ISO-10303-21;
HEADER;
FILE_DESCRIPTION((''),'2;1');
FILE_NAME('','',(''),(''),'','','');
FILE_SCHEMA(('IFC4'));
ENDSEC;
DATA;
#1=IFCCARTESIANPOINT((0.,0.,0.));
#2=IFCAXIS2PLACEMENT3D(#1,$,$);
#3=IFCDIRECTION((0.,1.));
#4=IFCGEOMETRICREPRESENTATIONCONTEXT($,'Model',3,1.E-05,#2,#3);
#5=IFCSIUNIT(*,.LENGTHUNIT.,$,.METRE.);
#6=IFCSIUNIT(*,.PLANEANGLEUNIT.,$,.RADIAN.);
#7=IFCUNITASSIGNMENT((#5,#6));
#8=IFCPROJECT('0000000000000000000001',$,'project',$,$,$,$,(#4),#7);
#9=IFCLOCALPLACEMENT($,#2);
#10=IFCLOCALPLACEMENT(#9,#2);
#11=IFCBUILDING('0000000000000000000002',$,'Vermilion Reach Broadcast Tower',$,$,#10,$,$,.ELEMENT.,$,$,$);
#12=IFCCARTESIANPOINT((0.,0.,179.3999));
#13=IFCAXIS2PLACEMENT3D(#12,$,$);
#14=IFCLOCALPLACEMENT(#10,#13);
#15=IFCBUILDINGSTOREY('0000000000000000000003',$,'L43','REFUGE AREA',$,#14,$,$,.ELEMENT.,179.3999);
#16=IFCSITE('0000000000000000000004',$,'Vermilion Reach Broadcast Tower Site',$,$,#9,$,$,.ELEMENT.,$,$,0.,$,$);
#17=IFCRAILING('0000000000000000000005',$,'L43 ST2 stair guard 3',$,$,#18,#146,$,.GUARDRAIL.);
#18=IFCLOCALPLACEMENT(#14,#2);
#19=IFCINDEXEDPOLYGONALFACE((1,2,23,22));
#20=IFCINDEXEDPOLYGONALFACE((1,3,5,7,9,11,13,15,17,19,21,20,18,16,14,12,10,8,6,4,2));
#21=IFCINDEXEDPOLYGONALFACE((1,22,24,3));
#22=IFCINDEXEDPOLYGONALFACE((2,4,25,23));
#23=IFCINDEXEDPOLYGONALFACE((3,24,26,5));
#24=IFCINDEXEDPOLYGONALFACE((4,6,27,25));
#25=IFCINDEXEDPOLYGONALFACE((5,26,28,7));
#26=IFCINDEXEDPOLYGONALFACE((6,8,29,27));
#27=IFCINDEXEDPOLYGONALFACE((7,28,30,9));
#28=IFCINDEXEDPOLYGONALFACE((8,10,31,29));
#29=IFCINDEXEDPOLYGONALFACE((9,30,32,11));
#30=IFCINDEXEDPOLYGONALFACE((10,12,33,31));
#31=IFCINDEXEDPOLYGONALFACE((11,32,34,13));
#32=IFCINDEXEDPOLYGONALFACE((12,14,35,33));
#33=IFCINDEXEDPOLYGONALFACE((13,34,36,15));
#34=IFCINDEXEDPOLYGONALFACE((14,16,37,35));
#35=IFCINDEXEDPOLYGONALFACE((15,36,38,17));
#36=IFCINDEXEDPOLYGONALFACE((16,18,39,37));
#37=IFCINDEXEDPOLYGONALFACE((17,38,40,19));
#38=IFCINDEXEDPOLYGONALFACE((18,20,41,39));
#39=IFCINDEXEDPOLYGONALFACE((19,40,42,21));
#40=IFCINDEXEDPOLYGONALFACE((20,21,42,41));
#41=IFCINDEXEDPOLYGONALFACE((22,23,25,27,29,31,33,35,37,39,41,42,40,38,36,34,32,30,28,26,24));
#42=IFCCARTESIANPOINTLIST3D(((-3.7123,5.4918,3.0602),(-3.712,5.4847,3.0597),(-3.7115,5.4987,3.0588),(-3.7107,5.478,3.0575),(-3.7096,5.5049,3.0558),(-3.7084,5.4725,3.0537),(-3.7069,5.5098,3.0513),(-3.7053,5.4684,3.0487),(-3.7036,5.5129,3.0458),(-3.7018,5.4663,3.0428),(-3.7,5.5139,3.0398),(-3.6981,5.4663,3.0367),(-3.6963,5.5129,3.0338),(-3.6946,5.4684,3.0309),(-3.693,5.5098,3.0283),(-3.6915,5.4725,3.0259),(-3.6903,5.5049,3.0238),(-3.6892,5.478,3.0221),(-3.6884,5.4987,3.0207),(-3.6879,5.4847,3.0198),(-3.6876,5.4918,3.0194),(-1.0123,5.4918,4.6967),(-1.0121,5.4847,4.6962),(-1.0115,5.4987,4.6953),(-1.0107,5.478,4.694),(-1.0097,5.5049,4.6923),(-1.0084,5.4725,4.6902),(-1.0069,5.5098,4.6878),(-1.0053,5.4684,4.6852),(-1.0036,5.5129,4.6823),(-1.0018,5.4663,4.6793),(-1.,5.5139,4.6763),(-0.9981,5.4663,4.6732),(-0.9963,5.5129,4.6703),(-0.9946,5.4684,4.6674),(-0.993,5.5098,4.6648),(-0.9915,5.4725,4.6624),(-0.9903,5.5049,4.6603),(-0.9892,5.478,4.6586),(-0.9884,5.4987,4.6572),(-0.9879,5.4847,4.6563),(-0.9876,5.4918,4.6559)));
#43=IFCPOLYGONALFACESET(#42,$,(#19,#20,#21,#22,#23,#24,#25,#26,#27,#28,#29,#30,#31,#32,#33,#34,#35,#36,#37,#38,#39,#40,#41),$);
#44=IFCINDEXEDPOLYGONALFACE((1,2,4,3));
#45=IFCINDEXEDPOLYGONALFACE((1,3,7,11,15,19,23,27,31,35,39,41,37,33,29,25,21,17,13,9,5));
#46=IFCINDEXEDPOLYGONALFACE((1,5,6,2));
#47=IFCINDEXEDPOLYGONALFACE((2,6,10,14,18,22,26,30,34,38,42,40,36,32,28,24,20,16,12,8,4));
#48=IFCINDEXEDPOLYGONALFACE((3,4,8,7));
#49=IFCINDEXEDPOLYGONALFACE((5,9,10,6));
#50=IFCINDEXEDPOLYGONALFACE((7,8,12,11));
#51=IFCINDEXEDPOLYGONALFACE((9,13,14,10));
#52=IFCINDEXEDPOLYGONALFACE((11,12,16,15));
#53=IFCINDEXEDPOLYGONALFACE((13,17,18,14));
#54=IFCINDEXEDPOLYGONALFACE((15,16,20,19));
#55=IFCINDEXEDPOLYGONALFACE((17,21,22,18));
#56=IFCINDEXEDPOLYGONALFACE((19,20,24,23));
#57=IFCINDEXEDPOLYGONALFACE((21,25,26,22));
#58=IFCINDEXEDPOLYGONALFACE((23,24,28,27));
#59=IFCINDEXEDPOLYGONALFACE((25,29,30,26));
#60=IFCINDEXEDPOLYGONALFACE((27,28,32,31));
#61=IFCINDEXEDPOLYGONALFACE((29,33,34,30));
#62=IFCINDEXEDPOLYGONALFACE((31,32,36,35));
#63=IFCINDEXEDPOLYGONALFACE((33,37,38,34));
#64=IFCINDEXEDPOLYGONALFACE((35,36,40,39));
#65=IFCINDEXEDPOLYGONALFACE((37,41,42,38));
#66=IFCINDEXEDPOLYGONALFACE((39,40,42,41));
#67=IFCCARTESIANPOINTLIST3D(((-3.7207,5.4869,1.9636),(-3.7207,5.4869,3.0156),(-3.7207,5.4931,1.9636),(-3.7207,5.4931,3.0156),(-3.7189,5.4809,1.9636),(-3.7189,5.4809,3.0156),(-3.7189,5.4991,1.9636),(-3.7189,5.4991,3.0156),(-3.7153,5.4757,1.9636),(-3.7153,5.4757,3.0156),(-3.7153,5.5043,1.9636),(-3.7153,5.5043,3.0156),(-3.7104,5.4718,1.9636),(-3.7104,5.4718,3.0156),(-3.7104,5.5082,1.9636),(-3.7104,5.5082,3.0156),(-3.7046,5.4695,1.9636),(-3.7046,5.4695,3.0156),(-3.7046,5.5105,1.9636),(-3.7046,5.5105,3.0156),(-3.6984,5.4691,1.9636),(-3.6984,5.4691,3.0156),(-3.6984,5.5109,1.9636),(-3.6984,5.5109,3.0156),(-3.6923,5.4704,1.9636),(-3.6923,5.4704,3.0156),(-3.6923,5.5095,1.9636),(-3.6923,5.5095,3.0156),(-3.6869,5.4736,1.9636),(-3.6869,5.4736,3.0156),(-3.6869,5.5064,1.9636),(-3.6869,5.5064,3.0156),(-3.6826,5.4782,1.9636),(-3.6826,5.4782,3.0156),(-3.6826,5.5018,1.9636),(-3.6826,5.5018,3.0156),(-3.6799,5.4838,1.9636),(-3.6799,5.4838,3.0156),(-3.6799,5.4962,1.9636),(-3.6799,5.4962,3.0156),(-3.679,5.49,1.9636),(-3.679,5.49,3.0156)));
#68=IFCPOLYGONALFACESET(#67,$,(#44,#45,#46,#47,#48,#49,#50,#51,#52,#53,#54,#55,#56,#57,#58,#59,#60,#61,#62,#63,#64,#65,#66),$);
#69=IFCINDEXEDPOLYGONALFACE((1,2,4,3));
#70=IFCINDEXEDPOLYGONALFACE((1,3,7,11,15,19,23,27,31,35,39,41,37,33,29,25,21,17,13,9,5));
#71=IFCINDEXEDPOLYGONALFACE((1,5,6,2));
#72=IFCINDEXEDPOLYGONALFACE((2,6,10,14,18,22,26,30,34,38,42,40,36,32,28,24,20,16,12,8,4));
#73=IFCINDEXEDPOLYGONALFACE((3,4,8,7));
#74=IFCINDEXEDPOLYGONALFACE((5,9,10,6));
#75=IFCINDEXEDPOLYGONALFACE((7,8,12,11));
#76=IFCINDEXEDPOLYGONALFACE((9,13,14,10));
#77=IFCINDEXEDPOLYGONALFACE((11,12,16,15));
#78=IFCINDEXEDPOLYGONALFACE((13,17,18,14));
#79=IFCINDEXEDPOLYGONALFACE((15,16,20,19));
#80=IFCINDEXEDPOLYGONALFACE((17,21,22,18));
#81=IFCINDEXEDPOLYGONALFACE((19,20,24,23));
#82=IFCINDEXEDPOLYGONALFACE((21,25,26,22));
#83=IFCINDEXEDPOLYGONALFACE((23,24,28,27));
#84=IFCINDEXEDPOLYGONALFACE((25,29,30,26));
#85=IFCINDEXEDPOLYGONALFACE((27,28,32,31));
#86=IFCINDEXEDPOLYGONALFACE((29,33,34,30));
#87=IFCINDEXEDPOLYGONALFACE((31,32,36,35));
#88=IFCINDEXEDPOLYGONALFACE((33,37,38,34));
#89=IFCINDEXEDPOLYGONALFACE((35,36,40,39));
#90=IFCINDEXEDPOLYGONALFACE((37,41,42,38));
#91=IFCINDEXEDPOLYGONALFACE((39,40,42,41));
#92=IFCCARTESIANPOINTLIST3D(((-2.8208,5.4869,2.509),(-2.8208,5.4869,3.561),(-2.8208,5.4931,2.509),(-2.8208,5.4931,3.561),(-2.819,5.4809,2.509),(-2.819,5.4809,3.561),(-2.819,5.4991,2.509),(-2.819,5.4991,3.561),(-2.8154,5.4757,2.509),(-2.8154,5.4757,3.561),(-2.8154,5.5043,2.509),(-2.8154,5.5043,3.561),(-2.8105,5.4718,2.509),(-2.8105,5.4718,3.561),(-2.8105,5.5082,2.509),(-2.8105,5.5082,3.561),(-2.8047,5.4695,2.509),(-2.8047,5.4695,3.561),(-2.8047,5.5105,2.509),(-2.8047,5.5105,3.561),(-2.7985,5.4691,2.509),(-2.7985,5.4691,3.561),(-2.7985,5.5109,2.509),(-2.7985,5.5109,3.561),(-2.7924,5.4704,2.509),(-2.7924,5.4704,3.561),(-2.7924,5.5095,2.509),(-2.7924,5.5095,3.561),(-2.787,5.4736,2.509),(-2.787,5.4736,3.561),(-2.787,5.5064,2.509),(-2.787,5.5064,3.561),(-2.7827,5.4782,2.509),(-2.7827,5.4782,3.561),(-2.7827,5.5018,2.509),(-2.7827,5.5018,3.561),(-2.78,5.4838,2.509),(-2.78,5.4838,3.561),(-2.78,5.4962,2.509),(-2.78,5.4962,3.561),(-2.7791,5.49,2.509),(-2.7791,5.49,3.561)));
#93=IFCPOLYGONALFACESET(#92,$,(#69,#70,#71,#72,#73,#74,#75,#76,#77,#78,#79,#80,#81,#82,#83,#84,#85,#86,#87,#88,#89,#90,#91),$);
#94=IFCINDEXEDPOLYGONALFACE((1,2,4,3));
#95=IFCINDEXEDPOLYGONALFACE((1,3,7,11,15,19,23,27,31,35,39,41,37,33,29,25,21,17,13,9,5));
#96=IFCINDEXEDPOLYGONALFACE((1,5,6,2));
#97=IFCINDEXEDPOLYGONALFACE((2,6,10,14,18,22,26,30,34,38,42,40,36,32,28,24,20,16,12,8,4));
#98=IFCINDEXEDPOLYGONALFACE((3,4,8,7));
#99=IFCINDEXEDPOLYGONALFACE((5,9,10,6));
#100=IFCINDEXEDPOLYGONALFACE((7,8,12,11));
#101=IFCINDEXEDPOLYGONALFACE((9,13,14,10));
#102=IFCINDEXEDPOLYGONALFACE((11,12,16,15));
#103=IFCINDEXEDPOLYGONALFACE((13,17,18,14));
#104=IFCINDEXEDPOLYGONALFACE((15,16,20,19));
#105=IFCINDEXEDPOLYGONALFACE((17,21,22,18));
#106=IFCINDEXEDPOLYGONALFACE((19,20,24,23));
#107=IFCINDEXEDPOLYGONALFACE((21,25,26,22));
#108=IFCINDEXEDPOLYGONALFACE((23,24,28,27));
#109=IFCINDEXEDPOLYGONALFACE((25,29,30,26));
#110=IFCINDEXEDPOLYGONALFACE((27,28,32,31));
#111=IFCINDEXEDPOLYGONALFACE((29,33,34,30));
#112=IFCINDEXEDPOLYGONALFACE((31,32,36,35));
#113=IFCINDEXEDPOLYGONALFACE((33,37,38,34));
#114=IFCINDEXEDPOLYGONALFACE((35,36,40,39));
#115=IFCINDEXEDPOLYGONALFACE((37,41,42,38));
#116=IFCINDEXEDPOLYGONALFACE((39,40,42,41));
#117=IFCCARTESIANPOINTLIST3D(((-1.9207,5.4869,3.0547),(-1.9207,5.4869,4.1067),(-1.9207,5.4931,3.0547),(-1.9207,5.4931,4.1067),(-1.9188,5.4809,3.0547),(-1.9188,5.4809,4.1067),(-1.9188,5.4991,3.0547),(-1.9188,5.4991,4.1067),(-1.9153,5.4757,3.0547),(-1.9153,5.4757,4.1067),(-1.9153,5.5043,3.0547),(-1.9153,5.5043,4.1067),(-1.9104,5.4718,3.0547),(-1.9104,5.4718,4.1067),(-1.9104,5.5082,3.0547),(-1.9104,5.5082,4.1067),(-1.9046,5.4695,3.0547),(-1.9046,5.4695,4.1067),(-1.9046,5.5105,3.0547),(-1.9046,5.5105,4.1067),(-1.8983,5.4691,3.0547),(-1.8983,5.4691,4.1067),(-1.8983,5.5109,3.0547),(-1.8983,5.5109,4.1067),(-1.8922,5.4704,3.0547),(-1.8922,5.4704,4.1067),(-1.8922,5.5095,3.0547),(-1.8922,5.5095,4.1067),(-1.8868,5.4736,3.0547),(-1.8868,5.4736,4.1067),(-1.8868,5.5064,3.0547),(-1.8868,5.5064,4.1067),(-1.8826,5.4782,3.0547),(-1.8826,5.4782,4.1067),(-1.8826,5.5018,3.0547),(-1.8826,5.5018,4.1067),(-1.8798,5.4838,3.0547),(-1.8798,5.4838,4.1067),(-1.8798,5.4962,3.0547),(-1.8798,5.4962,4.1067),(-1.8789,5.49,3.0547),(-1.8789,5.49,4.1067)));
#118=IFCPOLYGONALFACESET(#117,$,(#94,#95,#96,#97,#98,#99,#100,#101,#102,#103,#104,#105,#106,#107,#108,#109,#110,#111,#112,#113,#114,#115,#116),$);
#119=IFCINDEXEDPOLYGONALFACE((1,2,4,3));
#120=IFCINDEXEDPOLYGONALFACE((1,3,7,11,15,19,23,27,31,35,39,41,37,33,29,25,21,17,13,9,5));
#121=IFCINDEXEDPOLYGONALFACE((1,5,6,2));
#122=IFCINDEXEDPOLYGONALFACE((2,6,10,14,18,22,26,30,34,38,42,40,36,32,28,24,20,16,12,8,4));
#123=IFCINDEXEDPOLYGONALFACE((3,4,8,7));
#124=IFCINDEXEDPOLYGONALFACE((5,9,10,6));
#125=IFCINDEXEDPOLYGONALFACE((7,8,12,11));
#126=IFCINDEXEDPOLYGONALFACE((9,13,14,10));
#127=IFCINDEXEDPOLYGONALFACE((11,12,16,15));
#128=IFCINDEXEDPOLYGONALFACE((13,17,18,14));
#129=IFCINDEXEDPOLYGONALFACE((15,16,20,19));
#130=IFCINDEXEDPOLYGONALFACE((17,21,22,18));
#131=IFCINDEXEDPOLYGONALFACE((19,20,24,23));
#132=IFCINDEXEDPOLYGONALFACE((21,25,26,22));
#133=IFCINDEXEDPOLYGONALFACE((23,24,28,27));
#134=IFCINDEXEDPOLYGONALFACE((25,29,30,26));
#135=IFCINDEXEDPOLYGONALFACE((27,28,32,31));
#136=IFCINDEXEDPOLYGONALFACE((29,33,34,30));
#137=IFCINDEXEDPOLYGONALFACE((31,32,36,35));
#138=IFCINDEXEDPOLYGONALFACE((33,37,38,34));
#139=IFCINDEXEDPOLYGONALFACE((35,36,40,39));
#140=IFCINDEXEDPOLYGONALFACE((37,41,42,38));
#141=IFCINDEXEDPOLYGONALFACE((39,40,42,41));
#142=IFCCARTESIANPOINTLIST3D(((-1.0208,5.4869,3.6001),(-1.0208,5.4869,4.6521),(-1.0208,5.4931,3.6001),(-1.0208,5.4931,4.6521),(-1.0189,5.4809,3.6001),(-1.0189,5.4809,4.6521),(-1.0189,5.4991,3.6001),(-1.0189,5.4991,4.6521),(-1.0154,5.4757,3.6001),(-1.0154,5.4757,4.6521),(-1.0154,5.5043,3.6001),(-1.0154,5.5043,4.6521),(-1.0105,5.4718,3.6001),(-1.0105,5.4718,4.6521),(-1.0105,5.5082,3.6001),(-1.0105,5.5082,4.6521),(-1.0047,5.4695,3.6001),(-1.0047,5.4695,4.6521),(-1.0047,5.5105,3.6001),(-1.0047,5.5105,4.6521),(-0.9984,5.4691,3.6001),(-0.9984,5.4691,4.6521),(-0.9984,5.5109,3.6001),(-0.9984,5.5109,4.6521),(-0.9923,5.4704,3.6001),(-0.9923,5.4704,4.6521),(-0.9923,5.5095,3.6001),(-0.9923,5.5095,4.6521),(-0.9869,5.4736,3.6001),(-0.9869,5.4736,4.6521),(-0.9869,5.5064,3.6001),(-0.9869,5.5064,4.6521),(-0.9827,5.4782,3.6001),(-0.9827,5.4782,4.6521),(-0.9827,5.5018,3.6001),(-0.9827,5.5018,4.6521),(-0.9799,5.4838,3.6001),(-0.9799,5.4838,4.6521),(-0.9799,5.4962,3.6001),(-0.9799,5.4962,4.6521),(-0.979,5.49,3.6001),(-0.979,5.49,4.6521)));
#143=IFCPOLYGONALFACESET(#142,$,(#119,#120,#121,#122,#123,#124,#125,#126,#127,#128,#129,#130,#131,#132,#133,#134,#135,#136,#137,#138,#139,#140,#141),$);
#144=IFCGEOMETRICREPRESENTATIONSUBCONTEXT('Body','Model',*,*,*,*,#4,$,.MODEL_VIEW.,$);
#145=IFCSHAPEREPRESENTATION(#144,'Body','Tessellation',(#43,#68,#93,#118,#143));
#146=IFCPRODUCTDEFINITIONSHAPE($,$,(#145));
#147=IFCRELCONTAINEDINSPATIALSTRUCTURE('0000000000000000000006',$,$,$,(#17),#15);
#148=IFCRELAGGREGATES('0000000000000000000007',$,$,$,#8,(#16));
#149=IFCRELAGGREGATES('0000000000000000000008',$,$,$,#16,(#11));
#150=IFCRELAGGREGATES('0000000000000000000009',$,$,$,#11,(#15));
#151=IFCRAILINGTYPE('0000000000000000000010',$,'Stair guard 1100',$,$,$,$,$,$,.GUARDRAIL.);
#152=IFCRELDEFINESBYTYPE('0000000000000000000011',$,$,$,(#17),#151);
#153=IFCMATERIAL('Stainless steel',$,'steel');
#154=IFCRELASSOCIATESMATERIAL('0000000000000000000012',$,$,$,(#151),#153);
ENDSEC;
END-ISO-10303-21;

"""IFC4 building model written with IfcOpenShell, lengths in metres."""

from ifc_helpers import new_model, si_unit, direction, frame, origin, origin_2d, place, context, subcontext, project, spatial, circle, extrude, material, type_object, element, save


model = new_model("IFC4")

# Units and contexts
model_context = context("Model", 3, precision=1e-05, world=origin(), true_north=direction((0.0, 1.0)))
body_context = subcontext(model_context, "Body", "Model", "MODEL_VIEW")
ifc_project = project(units=[si_unit("LENGTHUNIT", "METRE"), si_unit("PLANEANGLEUNIT", "RADIAN")], contexts=[model_context])

# Site, building, storey
site_placement = place(None, origin())
site = spatial("IfcSite", under=ifc_project, at=site_placement, Name="Vermilion Reach Broadcast Tower Site", CompositionType="ELEMENT", RefElevation=0.0)
building_placement = place(site_placement, origin())
building = spatial("IfcBuilding", under=site, at=building_placement, Name="Vermilion Reach Broadcast Tower", CompositionType="ELEMENT")
storey_placement = place(building_placement, frame((0.0, 0.0, 179.3999)))
storey = spatial("IfcBuildingStorey", under=building, at=storey_placement, Name="L43", Description="REFUGE AREA", CompositionType="ELEMENT", Elevation=179.3999)

# Railing
ifc_material_1 = material(Name="Stainless steel", Category="steel")
railing_type_1 = type_object("IfcRailingType", Name="Stair guard 1100", PredefinedType="GUARDRAIL", material=ifc_material_1)
railing_1_placement = place(storey_placement, frame((-3.7, 5.49, 1.9636)))
element("IfcRailing", 1, at=railing_1_placement, inside=storey, type_object=railing_type_1, Name="L43 ST2 stair guard 3", PredefinedType="GUARDRAIL", context=body_context, shape_type="SweptSolid", body=[
    extrude(circle(Radius=0.0239, at=origin_2d()), frame((0.0, 0.0, 1.0762), z_axis=(0.855178, 0.0, 0.518334), x_axis=(0.0, 1.0, 0.0)), (0.0, 0.0, 1.0), 3.1572),
    extrude(circle(Radius=0.021, at=origin_2d()), origin(), (0.0, 0.0, 1.0), 1.052),
    extrude(circle(Radius=0.021, at=origin_2d()), frame((0.8999, 0.0, 0.5454)), (0.0, 0.0, 1.0), 1.052),
    extrude(circle(Radius=0.021, at=origin_2d()), frame((1.8, 0.0, 1.0911)), (0.0, 0.0, 1.0), 1.052),
    extrude(circle(Radius=0.021, at=origin_2d()), frame((2.7, 0.0, 1.6365)), (0.0, 0.0, 1.0), 1.052),
])

save(model, "model.ifc")
